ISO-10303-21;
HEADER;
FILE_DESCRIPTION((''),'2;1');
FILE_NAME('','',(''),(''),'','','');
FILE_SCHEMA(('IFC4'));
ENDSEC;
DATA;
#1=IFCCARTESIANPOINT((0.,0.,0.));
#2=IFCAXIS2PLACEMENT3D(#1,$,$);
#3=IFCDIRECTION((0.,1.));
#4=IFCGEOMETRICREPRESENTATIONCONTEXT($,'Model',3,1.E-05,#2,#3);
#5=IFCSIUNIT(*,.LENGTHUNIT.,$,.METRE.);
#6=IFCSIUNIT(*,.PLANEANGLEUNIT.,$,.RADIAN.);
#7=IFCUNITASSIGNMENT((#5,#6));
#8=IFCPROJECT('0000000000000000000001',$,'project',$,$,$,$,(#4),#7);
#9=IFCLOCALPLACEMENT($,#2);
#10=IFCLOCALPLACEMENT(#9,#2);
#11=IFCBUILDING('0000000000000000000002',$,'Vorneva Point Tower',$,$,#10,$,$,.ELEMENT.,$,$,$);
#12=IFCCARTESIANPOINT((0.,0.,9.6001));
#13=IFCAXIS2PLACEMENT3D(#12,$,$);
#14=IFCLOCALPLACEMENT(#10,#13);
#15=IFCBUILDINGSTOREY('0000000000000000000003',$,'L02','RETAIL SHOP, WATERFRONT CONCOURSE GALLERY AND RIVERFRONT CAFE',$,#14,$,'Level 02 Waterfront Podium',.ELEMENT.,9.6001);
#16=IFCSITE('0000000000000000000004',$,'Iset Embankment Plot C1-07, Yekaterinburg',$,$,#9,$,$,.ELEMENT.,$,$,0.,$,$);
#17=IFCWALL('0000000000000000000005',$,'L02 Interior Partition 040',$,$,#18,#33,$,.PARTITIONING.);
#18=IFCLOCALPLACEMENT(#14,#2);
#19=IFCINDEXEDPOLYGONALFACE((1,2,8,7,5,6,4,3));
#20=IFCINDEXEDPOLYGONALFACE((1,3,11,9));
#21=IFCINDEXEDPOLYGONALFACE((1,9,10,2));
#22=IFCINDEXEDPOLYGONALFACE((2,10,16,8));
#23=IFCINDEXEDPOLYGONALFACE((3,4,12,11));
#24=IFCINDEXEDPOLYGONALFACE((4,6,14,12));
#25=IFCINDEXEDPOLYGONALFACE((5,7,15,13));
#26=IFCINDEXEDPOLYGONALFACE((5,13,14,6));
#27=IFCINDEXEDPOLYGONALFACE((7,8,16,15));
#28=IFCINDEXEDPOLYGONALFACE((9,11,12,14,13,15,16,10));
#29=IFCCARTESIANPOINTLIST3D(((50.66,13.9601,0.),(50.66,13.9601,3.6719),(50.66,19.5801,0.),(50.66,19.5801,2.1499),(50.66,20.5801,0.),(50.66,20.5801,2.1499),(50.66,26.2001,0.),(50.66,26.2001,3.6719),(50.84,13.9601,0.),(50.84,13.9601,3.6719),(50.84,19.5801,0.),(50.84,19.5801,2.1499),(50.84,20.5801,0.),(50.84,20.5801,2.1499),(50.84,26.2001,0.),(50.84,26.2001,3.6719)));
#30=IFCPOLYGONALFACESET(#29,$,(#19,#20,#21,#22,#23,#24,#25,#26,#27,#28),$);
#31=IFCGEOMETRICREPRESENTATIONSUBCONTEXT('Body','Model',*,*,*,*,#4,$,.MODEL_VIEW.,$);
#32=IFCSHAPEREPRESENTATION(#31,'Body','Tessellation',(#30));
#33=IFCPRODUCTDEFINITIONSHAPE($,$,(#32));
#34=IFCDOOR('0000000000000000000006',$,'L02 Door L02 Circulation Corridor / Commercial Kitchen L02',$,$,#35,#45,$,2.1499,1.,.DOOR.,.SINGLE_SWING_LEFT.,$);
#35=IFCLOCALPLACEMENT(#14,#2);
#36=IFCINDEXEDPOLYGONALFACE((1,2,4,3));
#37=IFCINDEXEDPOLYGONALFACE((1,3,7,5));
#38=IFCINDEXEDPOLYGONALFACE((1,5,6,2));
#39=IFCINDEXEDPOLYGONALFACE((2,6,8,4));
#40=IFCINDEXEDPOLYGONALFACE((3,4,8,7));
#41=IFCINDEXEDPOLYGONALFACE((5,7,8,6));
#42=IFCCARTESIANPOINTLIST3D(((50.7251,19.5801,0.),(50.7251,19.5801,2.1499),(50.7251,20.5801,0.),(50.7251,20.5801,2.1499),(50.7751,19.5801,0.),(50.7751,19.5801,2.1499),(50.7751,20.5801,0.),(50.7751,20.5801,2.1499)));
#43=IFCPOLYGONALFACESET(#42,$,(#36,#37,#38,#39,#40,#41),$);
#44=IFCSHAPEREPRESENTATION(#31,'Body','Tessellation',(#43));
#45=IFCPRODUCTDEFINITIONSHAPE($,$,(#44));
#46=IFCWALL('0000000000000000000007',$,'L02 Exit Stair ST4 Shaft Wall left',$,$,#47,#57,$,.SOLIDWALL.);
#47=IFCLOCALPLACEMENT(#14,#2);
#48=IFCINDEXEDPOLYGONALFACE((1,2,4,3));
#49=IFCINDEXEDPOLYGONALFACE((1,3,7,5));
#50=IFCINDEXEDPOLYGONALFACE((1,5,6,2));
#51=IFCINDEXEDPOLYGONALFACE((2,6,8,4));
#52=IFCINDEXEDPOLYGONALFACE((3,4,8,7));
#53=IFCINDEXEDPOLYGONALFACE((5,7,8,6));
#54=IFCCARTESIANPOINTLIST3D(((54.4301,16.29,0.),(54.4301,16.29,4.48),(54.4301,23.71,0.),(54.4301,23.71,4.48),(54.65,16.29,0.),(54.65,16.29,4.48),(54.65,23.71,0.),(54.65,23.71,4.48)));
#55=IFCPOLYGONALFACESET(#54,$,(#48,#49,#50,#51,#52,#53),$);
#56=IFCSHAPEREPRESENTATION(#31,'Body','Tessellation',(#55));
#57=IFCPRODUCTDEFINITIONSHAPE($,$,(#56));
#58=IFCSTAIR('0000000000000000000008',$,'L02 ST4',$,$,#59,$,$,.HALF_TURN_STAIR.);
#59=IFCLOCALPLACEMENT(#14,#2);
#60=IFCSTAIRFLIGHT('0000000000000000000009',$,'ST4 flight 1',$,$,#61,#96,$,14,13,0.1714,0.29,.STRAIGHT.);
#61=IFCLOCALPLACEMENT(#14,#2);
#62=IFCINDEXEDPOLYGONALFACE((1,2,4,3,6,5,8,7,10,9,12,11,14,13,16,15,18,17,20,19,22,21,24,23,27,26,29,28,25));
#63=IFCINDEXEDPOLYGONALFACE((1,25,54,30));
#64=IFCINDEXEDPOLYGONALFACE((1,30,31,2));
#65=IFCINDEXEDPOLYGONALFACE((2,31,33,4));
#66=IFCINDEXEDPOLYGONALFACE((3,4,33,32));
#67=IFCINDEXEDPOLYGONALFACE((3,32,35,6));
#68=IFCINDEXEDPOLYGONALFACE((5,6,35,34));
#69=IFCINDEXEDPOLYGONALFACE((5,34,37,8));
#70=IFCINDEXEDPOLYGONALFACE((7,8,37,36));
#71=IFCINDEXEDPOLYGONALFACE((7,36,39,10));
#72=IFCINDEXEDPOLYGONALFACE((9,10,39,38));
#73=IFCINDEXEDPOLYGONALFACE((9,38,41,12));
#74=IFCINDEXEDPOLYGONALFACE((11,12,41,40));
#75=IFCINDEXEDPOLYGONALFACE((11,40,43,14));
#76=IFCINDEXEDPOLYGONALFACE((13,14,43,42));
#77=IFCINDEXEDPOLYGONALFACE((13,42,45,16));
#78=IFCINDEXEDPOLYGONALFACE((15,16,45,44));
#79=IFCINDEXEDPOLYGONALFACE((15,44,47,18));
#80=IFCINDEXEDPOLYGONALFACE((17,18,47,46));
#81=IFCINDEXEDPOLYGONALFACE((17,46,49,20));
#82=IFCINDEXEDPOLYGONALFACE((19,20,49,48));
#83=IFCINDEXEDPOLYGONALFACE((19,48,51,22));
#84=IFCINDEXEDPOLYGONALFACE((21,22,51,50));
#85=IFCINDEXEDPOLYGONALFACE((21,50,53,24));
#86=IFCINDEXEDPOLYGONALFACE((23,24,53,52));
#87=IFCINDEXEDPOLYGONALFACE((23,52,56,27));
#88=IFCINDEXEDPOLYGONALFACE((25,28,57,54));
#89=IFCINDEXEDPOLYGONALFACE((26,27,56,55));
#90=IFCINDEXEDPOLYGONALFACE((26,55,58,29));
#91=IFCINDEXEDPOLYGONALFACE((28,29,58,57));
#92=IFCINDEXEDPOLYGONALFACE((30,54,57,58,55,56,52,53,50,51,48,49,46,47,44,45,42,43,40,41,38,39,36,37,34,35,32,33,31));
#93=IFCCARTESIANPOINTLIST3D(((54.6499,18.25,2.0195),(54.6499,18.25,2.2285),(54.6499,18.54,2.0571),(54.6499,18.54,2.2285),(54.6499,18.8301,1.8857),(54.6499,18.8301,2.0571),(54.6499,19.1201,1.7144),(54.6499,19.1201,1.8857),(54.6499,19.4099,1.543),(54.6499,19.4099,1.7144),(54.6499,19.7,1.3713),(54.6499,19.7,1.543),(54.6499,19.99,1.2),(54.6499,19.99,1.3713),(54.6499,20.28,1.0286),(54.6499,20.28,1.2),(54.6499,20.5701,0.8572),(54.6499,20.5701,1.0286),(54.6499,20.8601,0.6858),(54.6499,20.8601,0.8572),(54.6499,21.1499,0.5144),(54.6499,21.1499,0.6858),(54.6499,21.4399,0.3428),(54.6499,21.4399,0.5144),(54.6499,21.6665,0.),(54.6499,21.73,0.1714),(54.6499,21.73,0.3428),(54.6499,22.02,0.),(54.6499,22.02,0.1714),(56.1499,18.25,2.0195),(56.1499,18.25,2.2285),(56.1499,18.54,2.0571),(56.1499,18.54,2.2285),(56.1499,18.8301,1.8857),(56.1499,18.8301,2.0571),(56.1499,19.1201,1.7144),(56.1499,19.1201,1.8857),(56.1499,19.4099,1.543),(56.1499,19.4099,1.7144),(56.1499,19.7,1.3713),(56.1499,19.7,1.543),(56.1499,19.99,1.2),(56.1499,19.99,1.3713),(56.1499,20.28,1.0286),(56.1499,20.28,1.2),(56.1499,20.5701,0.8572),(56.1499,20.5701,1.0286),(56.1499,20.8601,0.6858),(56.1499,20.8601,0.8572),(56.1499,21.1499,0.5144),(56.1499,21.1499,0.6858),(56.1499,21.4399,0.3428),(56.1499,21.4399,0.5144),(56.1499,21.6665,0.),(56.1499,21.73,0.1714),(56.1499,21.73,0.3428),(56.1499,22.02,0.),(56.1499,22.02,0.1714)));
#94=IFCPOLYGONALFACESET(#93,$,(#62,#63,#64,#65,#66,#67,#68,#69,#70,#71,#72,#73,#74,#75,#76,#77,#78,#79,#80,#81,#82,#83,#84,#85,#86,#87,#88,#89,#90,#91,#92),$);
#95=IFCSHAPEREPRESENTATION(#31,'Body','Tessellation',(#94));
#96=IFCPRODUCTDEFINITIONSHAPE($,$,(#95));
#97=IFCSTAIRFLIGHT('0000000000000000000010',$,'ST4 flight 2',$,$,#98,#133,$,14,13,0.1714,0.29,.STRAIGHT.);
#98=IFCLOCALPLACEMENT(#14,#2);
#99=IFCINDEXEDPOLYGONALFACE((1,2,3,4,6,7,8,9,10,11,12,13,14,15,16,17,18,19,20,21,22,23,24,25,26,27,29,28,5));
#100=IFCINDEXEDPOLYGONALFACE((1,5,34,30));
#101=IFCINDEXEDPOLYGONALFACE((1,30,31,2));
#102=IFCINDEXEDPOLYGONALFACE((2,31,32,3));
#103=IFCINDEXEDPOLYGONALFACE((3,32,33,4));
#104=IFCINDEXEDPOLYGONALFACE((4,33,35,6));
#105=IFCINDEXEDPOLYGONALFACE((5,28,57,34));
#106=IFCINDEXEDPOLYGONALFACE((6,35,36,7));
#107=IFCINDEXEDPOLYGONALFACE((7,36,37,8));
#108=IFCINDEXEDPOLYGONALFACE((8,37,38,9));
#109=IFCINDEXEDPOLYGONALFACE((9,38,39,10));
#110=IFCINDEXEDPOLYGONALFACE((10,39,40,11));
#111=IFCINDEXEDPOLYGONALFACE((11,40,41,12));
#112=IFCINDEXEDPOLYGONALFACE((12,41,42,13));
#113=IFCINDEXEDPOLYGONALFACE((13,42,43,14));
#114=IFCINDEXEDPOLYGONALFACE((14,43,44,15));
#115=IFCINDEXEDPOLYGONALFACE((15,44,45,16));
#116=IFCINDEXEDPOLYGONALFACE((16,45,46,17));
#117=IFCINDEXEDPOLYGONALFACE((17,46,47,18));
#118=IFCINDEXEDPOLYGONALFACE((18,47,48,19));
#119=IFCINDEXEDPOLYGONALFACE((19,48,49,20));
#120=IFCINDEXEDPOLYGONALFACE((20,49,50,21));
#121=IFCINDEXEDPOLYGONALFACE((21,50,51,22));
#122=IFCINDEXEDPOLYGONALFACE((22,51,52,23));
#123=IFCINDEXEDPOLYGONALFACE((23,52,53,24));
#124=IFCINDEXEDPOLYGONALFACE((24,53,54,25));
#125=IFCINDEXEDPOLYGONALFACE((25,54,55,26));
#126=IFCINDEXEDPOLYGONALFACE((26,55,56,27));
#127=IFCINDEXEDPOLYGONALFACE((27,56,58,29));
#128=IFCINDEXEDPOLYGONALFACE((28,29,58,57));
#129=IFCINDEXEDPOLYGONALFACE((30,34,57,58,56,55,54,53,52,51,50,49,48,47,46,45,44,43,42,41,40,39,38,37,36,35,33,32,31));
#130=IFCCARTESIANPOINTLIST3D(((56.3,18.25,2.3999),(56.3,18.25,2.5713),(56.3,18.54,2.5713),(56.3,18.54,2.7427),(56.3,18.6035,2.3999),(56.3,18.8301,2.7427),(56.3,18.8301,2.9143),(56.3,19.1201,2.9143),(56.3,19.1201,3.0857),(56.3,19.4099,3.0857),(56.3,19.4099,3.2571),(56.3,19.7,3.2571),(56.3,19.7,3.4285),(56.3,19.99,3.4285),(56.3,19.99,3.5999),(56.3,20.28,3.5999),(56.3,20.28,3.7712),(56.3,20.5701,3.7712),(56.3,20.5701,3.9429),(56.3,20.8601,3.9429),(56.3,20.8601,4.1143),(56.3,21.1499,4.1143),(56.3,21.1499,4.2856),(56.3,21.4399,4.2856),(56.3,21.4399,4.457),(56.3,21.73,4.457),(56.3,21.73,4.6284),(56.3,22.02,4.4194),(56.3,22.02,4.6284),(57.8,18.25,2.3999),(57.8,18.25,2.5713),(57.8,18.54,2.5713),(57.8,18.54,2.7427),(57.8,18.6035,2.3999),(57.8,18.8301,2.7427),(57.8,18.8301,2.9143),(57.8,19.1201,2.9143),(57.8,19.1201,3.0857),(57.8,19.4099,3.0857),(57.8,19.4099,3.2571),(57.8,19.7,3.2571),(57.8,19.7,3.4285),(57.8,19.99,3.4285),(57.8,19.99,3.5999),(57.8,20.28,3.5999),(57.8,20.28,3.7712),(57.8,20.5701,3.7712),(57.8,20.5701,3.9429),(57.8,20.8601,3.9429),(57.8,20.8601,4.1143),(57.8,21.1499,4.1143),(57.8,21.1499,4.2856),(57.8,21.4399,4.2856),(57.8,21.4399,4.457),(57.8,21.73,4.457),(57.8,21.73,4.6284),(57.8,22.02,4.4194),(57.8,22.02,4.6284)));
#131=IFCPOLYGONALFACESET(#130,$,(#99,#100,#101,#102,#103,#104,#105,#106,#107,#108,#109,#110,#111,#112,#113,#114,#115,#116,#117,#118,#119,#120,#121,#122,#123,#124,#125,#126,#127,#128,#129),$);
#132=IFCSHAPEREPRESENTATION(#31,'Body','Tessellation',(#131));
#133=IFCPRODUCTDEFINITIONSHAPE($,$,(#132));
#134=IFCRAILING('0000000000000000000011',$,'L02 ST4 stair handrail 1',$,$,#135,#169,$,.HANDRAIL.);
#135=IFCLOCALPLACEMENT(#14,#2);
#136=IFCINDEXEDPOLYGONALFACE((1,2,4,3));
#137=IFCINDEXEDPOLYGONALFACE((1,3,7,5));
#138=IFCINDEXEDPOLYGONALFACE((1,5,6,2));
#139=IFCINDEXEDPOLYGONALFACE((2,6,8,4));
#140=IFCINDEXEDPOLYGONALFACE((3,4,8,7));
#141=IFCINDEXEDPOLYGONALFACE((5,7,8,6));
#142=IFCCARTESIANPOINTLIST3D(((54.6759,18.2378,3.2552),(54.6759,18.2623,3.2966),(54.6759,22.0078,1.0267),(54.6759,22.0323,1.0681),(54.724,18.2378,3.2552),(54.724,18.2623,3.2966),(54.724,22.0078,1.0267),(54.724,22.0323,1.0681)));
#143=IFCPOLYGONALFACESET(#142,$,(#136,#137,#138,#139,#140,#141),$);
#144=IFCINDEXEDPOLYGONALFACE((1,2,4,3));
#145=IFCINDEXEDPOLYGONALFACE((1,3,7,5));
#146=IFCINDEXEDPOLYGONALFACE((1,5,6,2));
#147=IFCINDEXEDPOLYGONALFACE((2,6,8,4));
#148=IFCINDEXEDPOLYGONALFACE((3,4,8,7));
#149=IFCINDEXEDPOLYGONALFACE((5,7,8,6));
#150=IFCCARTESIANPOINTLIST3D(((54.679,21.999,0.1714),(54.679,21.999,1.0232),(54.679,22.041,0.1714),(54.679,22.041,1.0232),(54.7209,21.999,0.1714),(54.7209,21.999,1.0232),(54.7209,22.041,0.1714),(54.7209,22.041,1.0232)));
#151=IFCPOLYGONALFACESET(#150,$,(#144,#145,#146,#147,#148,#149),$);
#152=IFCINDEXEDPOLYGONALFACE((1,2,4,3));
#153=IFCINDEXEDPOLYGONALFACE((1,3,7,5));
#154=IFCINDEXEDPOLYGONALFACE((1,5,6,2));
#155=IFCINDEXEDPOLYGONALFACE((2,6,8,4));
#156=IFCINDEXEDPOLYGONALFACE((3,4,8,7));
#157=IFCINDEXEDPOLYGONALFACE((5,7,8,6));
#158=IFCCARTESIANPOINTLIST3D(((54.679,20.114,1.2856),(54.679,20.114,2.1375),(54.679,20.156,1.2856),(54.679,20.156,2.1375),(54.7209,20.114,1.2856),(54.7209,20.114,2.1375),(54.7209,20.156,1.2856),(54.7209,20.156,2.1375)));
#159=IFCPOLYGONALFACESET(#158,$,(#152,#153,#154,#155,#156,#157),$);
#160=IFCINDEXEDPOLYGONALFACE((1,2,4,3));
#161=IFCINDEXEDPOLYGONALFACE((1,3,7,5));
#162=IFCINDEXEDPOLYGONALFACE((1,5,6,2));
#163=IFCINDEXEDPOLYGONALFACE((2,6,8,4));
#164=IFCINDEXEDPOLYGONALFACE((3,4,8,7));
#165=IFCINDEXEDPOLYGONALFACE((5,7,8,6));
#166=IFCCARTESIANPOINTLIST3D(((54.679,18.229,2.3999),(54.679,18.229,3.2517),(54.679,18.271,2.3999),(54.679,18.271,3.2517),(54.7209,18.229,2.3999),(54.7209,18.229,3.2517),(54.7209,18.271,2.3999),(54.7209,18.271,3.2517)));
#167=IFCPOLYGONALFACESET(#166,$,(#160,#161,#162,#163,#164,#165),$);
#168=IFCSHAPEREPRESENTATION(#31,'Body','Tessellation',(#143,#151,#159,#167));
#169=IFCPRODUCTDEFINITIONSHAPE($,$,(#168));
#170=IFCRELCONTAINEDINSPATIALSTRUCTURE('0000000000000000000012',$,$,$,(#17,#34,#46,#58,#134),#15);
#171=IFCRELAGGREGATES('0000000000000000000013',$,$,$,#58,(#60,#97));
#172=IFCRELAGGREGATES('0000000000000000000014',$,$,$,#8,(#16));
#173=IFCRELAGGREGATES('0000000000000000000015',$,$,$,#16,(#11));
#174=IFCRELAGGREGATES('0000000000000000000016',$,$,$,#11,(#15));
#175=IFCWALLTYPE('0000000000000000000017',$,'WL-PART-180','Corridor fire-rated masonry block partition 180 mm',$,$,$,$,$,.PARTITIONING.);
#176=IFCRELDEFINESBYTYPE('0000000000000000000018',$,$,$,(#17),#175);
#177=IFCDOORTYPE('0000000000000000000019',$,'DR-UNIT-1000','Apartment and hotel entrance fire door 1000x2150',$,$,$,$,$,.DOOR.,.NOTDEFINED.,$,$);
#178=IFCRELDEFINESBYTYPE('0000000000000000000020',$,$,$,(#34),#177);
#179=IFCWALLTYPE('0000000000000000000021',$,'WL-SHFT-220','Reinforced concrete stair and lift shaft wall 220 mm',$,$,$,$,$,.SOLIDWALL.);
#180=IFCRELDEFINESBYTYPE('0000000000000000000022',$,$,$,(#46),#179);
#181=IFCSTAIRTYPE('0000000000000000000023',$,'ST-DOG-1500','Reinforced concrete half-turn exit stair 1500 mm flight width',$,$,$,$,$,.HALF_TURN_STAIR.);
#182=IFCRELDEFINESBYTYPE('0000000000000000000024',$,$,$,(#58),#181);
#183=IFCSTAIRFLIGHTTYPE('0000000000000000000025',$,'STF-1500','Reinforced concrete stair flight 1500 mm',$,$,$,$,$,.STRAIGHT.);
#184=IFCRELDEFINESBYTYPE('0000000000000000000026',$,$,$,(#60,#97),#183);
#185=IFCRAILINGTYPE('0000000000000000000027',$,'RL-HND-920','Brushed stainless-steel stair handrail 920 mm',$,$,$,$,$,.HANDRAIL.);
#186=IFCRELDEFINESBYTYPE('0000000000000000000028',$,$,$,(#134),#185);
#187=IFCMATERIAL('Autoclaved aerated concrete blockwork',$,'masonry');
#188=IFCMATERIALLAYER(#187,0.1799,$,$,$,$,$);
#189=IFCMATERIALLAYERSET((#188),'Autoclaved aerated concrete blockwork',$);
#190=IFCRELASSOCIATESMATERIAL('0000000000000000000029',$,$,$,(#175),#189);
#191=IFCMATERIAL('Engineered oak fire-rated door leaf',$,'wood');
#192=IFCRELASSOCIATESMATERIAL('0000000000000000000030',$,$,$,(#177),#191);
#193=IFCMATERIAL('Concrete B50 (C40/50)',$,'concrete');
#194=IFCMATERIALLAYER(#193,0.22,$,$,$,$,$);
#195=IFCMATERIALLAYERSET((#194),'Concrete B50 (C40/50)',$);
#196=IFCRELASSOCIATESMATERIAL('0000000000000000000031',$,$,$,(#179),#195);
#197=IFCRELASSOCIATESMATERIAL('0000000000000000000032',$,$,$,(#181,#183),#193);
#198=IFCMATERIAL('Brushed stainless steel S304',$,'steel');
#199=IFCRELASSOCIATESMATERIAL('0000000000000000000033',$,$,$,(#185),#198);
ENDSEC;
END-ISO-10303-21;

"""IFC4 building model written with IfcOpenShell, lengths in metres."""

from ifc_helpers import new_model, si_unit, direction, frame, frame_2d, origin, origin_2d, place, context, subcontext, project, spatial, polyline, rectangle, outline, extrude, material, layer, layer_set, type_object, element, fill, aggregate, save


model = new_model("IFC4")

# Units and contexts
model_context = context("Model", 3, precision=1e-05, world=origin(), true_north=direction((0.0, 1.0)))
body_context = subcontext(model_context, "Body", "Model", "MODEL_VIEW")
ifc_project = project(units=[si_unit("LENGTHUNIT", "METRE"), si_unit("PLANEANGLEUNIT", "RADIAN")], contexts=[model_context])

# Site, building, storey
site_placement = place(None, origin())
site = spatial("IfcSite", under=ifc_project, at=site_placement, Name="Iset Embankment Plot C1-07, Yekaterinburg", CompositionType="ELEMENT", RefElevation=0.0)
building_placement = place(site_placement, origin())
building = spatial("IfcBuilding", under=site, at=building_placement, Name="Vorneva Point Tower", CompositionType="ELEMENT")
storey_placement = place(building_placement, frame((0.0, 0.0, 9.6001)))
storey = spatial("IfcBuildingStorey", under=building, at=storey_placement, Name="L02", Description="RETAIL SHOP, WATERFRONT CONCOURSE GALLERY AND RIVERFRONT CAFE", LongName="Level 02 Waterfront Podium", CompositionType="ELEMENT", Elevation=9.6001)

# Shared definitions
ifc_material_1 = material(Name="Autoclaved aerated concrete blockwork", Category="masonry")
ifc_layer_1 = layer(ifc_material_1, 0.1799)
ifc_layer_set_1 = layer_set([ifc_layer_1], Name="Autoclaved aerated concrete blockwork")
wall_type_1 = type_object("IfcWallType", Name="WL-PART-180", Description="Corridor fire-rated masonry block partition 180 mm", PredefinedType="PARTITIONING", material=ifc_layer_set_1)

# Wall, opening, door
wall_1_placement = place(storey_placement, frame((50.75, 13.96, 0.0), z_axis=(0.0, 0.0, 1.0), x_axis=(0.0, 1.0, 0.0)))
wall_1 = element("IfcWall", 1, at=wall_1_placement, inside=storey, type_object=wall_type_1, Name="L02 Interior Partition 040", PredefinedType="PARTITIONING", context=body_context, shape_type="SweptSolid", body=[
    extrude(rectangle(XDim=12.24, YDim=0.1799, at=frame_2d((6.1201, 0.0))), origin(), (0.0, 0.0, 1.0), 3.6719),
])
opening_1_placement = place(wall_1_placement, frame((5.6201, 0.0, 0.0)))
opening_1 = element("IfcOpeningElement", 2, at=opening_1_placement, cuts=wall_1, PredefinedType="OPENING", context=body_context, shape_type="SweptSolid", body=[
    extrude(rectangle(XDim=1.0, YDim=2.1499, at=frame_2d((0.5, 1.075))), frame((0.0, 0.105, 0.0), z_axis=(0.0, -1.0, 0.0), x_axis=(1.0, 0.0, 0.0)), (0.0, 0.0, 1.0), 0.2097),
])
ifc_material_2 = material(Name="Engineered oak fire-rated door leaf", Category="wood")
door_type_1 = type_object("IfcDoorType", Name="DR-UNIT-1000", Description="Apartment and hotel entrance fire door 1000x2150", OperationType="NOTDEFINED", PredefinedType="DOOR", material=ifc_material_2)
door_1_placement = place(opening_1_placement, origin())
door_1 = element("IfcDoor", 3, at=door_1_placement, inside=storey, type_object=door_type_1, Name="L02 Door L02 Circulation Corridor / Commercial Kitchen L02", OperationType="SINGLE_SWING_LEFT", OverallHeight=2.1499, OverallWidth=1.0, PredefinedType="DOOR", context=body_context, shape_type="SweptSolid", body=[
    extrude(rectangle(XDim=1.0, YDim=2.1499, at=frame_2d((0.5, 1.075))), frame((0.0, 0.0249, 0.0), z_axis=(0.0, -1.0, 0.0), x_axis=(1.0, 0.0, 0.0)), (0.0, 0.0, 1.0), 0.05),
])
fill(opening_1, door_1)
ifc_material_3 = material(Name="Concrete B50 (C40/50)", Category="concrete")
ifc_layer_2 = layer(ifc_material_3, 0.22)
ifc_layer_set_2 = layer_set([ifc_layer_2], Name="Concrete B50 (C40/50)")
wall_type_2 = type_object("IfcWallType", Name="WL-SHFT-220", Description="Reinforced concrete stair and lift shaft wall 220 mm", PredefinedType="SOLIDWALL", material=ifc_layer_set_2)

# Wall
wall_2_placement = place(storey_placement, frame((54.54, 16.29, 0.0), z_axis=(0.0, 0.0, 1.0), x_axis=(0.0, 1.0, 0.0)))
element("IfcWall", 4, at=wall_2_placement, inside=storey, type_object=wall_type_2, Name="L02 Exit Stair ST4 Shaft Wall left", PredefinedType="SOLIDWALL", context=body_context, shape_type="SweptSolid", body=[
    extrude(rectangle(XDim=7.4199, YDim=0.22, at=frame_2d((3.71, 0.0))), origin(), (0.0, 0.0, 1.0), 4.48),
])

# Stair, stair flights
stair_type = type_object("IfcStairType", Name="ST-DOG-1500", Description="Reinforced concrete half-turn exit stair 1500 mm flight width", PredefinedType="HALF_TURN_STAIR", material=ifc_material_3)
stair_placement = place(storey_placement, origin())
stair = element("IfcStair", 5, at=stair_placement, inside=storey, type_object=stair_type, Name="L02 ST4", PredefinedType="HALF_TURN_STAIR")
stair_flight_type = type_object("IfcStairFlightType", Name="STF-1500", Description="Reinforced concrete stair flight 1500 mm", PredefinedType="STRAIGHT", material=ifc_material_3)
stair_flight_1_placement = place(storey_placement, frame((55.3999, 22.02, 0.0), z_axis=(0.0, 0.0, 1.0), x_axis=(0.0, -1.0, 0.0)))
stair_flight_1 = element("IfcStairFlight", 6, at=stair_flight_1_placement, type_object=stair_flight_type, Name="ST4 flight 1", NumberOfRisers=14, NumberOfTreads=13, PredefinedType="STRAIGHT", RiserHeight=0.1714, TreadLength=0.29, context=body_context, shape_type="SweptSolid", body=[
    extrude(outline(polyline([(0.0, 0.0), (0.0, 0.1714), (0.29, 0.1714), (0.29, 0.3428), (0.5801, 0.3428), (0.5801, 0.5144), (0.8701, 0.5144), (0.8701, 0.6858), (1.1599, 0.6858), (1.1599, 0.8572), (1.45, 0.8572), (1.45, 1.0286), (1.74, 1.0286), (1.74, 1.2), (2.03, 1.2), (2.03, 1.3713), (2.3201, 1.3713), (2.3201, 1.543), (2.6101, 1.543), (2.6101, 1.7144), (2.8999, 1.7144), (2.8999, 1.8857), (3.1899, 1.8857), (3.1899, 2.0571), (3.48, 2.0571), (3.48, 2.2285), (3.77, 2.2285), (3.77, 2.3999), (3.77, 2.0195), (0.3535, 0.0), (0.0, 0.0)])), frame((0.0, 0.75, 0.0), z_axis=(0.0, -1.0, 0.0), x_axis=(1.0, 0.0, 0.0)), (0.0, 0.0, 1.0), 1.5),
])
stair_flight_2_placement = place(storey_placement, frame((57.05, 18.25, 2.3999), z_axis=(0.0, 0.0, 1.0), x_axis=(0.0, 1.0, 0.0)))
stair_flight_2 = element("IfcStairFlight", 7, at=stair_flight_2_placement, type_object=stair_flight_type, Name="ST4 flight 2", NumberOfRisers=14, NumberOfTreads=13, PredefinedType="STRAIGHT", RiserHeight=0.1714, TreadLength=0.29, context=body_context, shape_type="SweptSolid", body=[
    extrude(outline(polyline([(0.0, 0.0), (0.0, 0.1714), (0.29, 0.1714), (0.29, 0.3428), (0.5801, 0.3428), (0.5801, 0.5144), (0.8701, 0.5144), (0.8701, 0.6858), (1.1599, 0.6858), (1.1599, 0.8572), (1.45, 0.8572), (1.45, 1.0286), (1.74, 1.0286), (1.74, 1.2), (2.03, 1.2), (2.03, 1.3713), (2.3201, 1.3713), (2.3201, 1.543), (2.6101, 1.543), (2.6101, 1.7144), (2.8999, 1.7144), (2.8999, 1.8857), (3.1899, 1.8857), (3.1899, 2.0571), (3.48, 2.0571), (3.48, 2.2285), (3.77, 2.2285), (3.77, 2.3999), (3.77, 2.0195), (0.3535, 0.0), (0.0, 0.0)])), frame((0.0, 0.75, 0.0), z_axis=(0.0, -1.0, 0.0), x_axis=(1.0, 0.0, 0.0)), (0.0, 0.0, 1.0), 1.5),
])
aggregate(stair, [stair_flight_1, stair_flight_2])

# Railing
ifc_material_4 = material(Name="Brushed stainless steel S304", Category="steel")
railing_type_1 = type_object("IfcRailingType", Name="RL-HND-920", Description="Brushed stainless-steel stair handrail 920 mm", PredefinedType="HANDRAIL", material=ifc_material_4)
railing_1_placement = place(storey_placement, frame((54.7, 22.02, 0.1714)))
element("IfcRailing", 8, at=railing_1_placement, inside=storey, type_object=railing_type_1, Name="L02 ST4 stair handrail 1", PredefinedType="HANDRAIL", context=body_context, shape_type="SweptSolid", body=[
    extrude(rectangle(XDim=0.0481, YDim=0.0481, at=origin_2d()), frame((0.0, 0.0, 0.876), z_axis=(0.0, -0.860849, 0.508861), x_axis=(1.0, 0.0, 0.0)), (0.0, 0.0, 1.0), 4.3794),
    extrude(rectangle(XDim=0.042, YDim=0.042, at=origin_2d()), origin(), (0.0, 0.0, 1.0), 0.8518),
    extrude(rectangle(XDim=0.042, YDim=0.042, at=origin_2d()), frame((0.0, -1.885, 1.1143)), (0.0, 0.0, 1.0), 0.8518),
    extrude(rectangle(XDim=0.042, YDim=0.042, at=origin_2d()), frame((0.0, -3.77, 2.2285)), (0.0, 0.0, 1.0), 0.8518),
])

save(model, "model.ifc")
